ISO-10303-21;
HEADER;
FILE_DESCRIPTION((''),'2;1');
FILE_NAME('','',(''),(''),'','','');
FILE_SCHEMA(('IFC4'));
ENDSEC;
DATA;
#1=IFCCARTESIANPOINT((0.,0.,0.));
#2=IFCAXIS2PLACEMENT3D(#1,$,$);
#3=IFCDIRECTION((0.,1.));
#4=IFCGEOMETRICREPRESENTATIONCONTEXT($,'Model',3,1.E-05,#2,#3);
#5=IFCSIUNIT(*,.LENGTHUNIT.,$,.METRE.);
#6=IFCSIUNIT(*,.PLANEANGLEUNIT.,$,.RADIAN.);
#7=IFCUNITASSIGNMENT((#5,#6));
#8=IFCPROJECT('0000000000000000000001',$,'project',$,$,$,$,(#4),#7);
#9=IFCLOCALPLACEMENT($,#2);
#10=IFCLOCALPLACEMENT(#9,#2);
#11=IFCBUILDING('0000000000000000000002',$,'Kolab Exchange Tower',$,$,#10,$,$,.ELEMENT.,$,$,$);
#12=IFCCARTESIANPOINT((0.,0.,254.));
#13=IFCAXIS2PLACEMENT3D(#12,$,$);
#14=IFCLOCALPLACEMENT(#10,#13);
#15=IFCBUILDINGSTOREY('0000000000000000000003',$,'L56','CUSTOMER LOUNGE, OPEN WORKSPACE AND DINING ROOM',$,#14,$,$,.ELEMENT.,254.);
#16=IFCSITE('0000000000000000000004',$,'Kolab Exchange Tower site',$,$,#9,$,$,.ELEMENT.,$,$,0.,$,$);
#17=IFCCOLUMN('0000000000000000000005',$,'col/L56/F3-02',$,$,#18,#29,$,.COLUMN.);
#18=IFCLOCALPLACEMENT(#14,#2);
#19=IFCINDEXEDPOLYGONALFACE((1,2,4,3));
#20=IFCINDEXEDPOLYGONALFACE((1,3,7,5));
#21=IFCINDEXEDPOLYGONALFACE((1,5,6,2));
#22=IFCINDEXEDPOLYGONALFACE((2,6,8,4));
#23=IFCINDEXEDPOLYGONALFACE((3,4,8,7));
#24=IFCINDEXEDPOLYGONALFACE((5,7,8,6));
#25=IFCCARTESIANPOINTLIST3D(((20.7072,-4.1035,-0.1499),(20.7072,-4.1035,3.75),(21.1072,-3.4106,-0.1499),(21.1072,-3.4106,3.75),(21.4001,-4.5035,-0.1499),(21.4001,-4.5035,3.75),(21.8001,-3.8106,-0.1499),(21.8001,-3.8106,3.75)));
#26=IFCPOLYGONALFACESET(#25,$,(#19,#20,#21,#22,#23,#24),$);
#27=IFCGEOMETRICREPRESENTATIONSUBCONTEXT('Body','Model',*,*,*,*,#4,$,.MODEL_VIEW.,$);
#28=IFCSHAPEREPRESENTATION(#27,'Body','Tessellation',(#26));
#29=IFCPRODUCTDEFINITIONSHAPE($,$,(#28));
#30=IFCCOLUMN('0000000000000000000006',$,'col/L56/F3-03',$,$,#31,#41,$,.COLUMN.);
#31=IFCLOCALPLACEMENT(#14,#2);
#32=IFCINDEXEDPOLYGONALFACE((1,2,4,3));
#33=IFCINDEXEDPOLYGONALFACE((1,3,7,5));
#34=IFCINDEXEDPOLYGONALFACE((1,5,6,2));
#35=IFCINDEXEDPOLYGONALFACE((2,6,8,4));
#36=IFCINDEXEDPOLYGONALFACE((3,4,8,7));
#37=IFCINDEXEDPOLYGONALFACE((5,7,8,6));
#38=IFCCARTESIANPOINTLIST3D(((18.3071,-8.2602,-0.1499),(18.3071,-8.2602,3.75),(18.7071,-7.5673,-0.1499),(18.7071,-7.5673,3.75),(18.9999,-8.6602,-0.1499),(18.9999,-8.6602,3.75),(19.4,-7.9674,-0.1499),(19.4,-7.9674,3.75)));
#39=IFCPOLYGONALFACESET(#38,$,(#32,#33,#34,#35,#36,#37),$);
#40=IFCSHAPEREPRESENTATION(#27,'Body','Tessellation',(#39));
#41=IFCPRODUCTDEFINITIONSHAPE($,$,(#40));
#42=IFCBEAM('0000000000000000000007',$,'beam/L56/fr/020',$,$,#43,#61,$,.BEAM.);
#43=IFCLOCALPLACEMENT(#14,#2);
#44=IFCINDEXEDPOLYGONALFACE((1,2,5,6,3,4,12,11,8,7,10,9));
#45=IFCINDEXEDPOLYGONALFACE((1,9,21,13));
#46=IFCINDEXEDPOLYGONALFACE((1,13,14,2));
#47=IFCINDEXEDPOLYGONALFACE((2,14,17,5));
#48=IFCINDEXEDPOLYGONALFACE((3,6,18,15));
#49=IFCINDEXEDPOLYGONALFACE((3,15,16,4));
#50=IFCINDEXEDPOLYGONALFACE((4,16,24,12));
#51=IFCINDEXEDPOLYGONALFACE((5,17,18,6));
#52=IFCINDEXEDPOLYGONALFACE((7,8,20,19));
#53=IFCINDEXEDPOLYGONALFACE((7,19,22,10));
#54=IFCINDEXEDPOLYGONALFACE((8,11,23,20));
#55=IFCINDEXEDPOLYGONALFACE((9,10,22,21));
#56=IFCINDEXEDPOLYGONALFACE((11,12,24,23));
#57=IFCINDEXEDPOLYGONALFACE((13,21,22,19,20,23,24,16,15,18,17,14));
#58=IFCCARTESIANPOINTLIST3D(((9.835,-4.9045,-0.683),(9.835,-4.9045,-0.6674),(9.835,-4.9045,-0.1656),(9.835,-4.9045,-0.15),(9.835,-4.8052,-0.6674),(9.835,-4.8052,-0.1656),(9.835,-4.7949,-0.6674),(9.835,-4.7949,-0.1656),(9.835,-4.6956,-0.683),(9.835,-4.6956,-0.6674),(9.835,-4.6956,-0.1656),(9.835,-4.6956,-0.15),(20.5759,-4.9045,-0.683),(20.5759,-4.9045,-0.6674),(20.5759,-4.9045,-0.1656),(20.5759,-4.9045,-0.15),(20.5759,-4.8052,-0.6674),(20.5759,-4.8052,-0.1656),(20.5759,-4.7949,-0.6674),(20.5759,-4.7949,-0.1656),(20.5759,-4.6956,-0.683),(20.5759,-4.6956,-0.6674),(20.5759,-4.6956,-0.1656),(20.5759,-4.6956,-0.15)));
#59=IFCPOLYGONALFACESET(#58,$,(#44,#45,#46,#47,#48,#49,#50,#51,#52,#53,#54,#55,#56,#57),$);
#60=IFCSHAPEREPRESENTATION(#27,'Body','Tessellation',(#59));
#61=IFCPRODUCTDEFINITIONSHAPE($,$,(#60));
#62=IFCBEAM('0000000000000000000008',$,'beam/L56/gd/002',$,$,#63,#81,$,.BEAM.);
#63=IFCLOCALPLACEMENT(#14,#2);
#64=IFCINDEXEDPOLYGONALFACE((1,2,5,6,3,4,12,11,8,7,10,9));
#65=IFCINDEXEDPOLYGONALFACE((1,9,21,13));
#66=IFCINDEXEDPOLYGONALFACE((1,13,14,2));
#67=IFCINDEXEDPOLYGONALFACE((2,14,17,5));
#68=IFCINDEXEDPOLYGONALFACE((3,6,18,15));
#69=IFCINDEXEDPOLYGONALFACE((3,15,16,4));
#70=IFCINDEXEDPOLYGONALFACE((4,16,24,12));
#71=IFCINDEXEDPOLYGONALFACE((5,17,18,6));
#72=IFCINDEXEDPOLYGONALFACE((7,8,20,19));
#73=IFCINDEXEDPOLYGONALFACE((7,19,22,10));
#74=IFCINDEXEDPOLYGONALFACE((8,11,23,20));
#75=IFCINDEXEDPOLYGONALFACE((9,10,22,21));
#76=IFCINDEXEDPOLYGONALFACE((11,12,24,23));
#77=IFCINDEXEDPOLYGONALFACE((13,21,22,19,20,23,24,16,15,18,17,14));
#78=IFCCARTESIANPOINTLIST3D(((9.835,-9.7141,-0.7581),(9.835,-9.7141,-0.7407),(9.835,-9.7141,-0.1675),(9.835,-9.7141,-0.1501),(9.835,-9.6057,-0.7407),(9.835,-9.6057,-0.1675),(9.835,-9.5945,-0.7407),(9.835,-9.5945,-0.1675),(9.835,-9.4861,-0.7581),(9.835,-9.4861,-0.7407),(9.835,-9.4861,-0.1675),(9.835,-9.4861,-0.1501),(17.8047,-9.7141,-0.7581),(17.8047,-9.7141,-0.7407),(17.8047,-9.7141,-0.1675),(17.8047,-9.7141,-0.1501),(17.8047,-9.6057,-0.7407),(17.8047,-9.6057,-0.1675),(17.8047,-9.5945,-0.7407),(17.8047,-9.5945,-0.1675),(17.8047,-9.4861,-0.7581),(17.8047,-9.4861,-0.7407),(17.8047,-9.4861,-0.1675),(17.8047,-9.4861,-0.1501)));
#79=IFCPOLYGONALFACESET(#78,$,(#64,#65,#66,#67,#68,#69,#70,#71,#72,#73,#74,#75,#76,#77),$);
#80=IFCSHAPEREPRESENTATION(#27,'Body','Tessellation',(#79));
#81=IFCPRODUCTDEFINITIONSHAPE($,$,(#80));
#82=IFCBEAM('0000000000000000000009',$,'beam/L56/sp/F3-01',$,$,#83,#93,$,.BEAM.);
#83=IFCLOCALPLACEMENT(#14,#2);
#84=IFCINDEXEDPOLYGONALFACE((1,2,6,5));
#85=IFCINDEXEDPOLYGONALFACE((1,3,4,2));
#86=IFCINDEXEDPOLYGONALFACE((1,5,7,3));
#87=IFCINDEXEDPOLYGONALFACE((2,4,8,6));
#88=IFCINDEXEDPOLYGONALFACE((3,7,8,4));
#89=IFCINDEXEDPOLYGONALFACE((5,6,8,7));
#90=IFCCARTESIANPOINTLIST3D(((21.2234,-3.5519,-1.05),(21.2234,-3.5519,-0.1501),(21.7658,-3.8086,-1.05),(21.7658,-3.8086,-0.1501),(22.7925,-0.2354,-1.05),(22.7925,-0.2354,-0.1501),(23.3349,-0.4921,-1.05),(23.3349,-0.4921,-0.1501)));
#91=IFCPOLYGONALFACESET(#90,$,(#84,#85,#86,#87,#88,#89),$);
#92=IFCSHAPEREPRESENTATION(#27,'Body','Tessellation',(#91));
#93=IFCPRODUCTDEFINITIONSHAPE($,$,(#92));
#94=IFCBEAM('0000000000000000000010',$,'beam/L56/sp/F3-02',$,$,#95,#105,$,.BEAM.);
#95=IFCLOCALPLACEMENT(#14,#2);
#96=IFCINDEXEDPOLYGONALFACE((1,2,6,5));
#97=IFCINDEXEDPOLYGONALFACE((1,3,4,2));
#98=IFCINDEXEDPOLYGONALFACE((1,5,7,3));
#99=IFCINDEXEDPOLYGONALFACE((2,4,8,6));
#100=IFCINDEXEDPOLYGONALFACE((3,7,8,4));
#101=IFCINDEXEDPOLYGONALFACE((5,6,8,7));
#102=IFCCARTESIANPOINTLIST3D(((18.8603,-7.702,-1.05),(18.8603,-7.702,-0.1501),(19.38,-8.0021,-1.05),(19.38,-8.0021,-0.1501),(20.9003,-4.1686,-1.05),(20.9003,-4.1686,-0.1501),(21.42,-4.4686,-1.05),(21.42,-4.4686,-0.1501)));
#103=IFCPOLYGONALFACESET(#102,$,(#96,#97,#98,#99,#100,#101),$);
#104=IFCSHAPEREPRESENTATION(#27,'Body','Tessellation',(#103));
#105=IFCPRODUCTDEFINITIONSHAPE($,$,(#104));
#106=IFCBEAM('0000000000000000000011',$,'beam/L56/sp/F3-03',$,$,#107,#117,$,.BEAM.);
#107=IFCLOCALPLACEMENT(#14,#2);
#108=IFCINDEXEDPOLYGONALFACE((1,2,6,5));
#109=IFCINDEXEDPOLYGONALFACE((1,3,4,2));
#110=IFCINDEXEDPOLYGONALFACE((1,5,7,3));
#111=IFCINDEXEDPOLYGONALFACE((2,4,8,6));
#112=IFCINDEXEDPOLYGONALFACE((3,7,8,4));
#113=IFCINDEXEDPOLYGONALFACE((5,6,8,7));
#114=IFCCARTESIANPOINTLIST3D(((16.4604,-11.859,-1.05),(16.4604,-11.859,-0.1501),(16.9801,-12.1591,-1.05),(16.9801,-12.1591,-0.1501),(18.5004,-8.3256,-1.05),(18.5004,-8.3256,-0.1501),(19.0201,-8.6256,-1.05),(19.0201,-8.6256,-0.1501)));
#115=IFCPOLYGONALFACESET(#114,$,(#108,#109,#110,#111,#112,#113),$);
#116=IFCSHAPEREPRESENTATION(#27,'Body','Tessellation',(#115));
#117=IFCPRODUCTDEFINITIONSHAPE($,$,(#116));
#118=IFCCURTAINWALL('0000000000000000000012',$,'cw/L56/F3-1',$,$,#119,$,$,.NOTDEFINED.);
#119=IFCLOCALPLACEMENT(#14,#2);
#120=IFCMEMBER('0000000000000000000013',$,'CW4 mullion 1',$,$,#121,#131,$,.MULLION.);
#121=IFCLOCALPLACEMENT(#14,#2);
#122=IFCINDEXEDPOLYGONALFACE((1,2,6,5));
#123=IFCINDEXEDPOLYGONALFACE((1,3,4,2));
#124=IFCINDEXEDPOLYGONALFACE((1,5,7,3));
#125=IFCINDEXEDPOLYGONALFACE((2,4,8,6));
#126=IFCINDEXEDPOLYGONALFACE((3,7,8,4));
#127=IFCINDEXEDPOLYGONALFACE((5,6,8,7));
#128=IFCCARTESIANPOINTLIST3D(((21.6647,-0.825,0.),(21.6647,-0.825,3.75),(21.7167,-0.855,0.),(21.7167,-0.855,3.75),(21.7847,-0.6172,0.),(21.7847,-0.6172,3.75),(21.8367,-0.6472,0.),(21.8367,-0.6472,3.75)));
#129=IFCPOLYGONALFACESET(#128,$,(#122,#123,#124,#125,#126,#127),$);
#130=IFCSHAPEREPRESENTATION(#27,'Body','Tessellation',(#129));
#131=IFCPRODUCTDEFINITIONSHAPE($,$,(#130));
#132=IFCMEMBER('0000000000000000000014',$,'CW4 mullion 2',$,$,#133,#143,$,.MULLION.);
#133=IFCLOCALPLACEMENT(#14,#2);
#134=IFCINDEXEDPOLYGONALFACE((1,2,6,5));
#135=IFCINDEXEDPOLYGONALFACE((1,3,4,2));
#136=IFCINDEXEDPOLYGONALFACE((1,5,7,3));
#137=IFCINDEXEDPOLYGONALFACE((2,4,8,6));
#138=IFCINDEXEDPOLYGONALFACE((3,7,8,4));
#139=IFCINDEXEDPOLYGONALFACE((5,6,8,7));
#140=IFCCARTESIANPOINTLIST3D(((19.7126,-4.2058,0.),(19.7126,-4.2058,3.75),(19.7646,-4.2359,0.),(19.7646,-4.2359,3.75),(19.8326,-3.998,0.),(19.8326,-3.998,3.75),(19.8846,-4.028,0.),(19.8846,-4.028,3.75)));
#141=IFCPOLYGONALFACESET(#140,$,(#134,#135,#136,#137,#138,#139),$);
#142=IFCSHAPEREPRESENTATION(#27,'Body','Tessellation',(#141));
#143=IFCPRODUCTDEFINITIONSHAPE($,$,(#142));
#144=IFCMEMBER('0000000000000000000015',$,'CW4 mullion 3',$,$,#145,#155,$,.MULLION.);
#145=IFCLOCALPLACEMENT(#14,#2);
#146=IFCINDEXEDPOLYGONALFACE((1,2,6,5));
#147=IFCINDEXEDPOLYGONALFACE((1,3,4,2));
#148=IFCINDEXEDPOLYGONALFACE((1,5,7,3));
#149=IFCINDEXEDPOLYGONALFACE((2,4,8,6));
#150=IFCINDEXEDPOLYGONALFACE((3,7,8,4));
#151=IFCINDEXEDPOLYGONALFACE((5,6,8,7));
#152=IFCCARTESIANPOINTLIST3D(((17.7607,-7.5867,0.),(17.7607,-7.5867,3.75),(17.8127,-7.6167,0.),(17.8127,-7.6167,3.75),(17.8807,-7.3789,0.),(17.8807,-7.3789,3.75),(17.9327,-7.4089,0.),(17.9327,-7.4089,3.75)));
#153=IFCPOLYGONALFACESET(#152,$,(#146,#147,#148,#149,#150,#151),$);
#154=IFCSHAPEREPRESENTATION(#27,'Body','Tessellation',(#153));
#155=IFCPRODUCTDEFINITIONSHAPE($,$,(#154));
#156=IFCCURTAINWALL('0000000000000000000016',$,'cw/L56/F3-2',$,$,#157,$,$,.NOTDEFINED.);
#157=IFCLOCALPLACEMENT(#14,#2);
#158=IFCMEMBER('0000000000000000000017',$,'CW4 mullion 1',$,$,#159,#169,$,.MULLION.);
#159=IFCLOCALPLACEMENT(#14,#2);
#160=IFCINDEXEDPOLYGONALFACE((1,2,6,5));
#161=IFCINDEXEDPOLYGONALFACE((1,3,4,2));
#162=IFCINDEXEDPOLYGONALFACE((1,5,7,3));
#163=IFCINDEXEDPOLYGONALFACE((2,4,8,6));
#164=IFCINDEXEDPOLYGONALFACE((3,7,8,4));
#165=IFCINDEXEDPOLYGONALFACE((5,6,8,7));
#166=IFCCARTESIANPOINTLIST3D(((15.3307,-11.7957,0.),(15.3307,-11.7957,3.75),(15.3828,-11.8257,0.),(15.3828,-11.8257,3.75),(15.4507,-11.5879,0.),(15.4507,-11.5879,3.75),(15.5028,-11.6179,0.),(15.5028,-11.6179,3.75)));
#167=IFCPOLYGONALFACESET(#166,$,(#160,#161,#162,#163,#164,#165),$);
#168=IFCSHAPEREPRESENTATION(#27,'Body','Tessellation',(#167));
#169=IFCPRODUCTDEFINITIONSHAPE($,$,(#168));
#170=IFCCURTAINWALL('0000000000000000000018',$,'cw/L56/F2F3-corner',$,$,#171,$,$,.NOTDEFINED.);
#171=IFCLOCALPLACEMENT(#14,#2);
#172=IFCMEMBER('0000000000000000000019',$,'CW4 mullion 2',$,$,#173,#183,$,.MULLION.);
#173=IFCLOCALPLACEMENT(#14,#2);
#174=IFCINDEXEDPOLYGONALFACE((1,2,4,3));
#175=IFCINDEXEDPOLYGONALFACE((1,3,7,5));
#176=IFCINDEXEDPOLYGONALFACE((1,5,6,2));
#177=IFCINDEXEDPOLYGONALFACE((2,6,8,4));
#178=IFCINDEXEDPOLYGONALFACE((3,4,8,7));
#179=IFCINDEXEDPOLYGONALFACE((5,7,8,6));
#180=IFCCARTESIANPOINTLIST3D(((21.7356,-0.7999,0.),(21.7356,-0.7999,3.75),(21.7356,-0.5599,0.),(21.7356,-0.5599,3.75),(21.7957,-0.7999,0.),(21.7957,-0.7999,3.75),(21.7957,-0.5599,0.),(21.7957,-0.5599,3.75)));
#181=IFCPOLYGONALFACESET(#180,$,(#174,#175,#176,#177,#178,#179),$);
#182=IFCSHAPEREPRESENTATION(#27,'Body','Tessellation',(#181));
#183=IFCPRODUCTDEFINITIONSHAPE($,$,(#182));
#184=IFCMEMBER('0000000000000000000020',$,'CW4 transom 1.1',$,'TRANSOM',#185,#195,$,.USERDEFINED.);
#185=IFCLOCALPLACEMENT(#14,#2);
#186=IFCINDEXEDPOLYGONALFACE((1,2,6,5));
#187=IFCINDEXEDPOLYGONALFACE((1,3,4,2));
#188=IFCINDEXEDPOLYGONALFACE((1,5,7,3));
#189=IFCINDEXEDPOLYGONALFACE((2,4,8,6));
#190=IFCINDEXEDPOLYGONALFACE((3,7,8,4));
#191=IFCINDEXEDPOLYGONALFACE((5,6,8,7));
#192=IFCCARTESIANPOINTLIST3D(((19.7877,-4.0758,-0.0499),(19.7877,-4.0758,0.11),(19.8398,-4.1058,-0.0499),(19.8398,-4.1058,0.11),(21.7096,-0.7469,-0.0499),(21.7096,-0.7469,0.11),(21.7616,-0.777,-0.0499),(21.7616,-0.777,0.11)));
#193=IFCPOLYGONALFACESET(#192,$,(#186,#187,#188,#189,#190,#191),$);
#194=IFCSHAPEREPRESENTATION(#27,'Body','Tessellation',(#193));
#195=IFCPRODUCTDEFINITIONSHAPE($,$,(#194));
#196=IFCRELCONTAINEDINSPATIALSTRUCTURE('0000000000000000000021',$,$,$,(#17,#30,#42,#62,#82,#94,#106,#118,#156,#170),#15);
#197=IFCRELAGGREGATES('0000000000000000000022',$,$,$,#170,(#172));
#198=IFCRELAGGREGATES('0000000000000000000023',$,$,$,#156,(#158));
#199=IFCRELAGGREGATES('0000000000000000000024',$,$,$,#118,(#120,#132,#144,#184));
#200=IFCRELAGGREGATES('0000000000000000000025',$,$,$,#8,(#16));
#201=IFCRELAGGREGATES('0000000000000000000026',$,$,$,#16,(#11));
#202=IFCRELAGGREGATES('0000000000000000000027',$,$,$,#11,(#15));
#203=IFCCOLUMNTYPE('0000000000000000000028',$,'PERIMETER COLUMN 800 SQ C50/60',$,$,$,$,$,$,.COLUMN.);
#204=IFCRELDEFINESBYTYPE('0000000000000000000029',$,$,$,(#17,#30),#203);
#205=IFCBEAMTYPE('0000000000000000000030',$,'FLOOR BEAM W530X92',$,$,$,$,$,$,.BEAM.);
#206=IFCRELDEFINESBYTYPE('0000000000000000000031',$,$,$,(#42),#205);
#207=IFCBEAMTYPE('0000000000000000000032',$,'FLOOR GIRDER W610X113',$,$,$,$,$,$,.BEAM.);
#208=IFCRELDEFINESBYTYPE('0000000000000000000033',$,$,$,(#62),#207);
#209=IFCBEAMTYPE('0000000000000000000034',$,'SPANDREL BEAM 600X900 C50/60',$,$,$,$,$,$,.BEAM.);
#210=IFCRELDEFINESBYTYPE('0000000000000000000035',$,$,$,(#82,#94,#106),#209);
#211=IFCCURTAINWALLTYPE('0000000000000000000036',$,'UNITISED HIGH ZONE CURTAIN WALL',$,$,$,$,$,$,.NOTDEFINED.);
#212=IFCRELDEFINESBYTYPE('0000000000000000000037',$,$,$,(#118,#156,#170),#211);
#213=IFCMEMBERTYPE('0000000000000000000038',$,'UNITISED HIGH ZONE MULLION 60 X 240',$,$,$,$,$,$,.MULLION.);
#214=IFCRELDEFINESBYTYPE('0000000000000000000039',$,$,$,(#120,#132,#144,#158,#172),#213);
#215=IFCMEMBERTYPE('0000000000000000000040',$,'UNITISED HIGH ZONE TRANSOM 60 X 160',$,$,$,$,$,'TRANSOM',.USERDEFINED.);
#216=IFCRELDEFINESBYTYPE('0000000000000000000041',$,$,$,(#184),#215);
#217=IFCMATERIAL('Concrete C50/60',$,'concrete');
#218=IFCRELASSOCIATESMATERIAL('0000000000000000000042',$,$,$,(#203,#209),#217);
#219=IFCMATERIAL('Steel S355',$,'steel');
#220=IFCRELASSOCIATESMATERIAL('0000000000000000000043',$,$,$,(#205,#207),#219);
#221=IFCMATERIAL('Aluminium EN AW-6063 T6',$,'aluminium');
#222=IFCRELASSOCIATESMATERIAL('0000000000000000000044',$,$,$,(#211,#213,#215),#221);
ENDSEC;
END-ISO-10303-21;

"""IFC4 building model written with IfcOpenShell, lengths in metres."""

from ifc_helpers import new_model, si_unit, direction, frame, origin, origin_2d, place, context, subcontext, project, spatial, rectangle, i_section, extrude, material, material_profile, profile_set, type_object, element, aggregate, save


model = new_model("IFC4")

# Units and contexts
model_context = context("Model", 3, precision=1e-05, world=origin(), true_north=direction((0.0, 1.0)))
body_context = subcontext(model_context, "Body", "Model", "MODEL_VIEW")
ifc_project = project(units=[si_unit("LENGTHUNIT", "METRE"), si_unit("PLANEANGLEUNIT", "RADIAN")], contexts=[model_context])

# Site, building, storey
site_placement = place(None, origin())
site = spatial("IfcSite", under=ifc_project, at=site_placement, Name="Kolab Exchange Tower site", CompositionType="ELEMENT", RefElevation=0.0)
building_placement = place(site_placement, origin())
building = spatial("IfcBuilding", under=site, at=building_placement, Name="Kolab Exchange Tower", CompositionType="ELEMENT")
storey_placement = place(building_placement, frame((0.0, 0.0, 254.0)))
storey = spatial("IfcBuildingStorey", under=building, at=storey_placement, Name="L56", Description="CUSTOMER LOUNGE, OPEN WORKSPACE AND DINING ROOM", CompositionType="ELEMENT", Elevation=254.0)

# Columns
ifc_material_1 = material(Name="Concrete C50/60", Category="concrete")
ifc_material_profile_1 = material_profile(ifc_material_1, rectangle(XDim=0.8, YDim=0.8, at=origin_2d()), Name="RC800")
ifc_profile_set_1 = profile_set([ifc_material_profile_1], Name="Concrete C50/60")
column_type = type_object("IfcColumnType", Name="PERIMETER COLUMN 800 SQ C50/60", PredefinedType="COLUMN", material=ifc_profile_set_1)
for number, where, z_axis, x_axis, name in (
    (1, (21.2537, -3.957, -0.1499), (0.0, 0.0, 1.0), (0.5, 0.866025, 0.0), "col/L56/F3-02"),
    (2, (18.8535, -8.1138, -0.1499), (0.0, 0.0, 1.0), (0.5, 0.866025, 0.0), "col/L56/F3-03"),
):
    element("IfcColumn", number, at=place(storey_placement, frame(where, z_axis=z_axis, x_axis=x_axis)), inside=storey, type_object=column_type, Name=name, PredefinedType="COLUMN", context=body_context, shape_type="SweptSolid", body=[
        extrude(rectangle(XDim=0.8, YDim=0.8, at=origin_2d()), origin(), (0.0, 0.0, 1.0), 3.8999),
    ])

# Beams
ifc_material_2 = material(Name="Steel S355", Category="steel")
ifc_material_profile_2 = material_profile(ifc_material_2, i_section(OverallWidth=0.209, OverallDepth=0.533, WebThickness=0.0103, FlangeThickness=0.0156, at=origin_2d()), Name="W530X92")
ifc_profile_set_2 = profile_set([ifc_material_profile_2], Name="Steel S355")
beam_type_1 = type_object("IfcBeamType", Name="FLOOR BEAM W530X92", PredefinedType="BEAM", material=ifc_profile_set_2)
beam_1_placement = place(storey_placement, frame((9.835, -4.8, -0.4165), z_axis=(1.0, 0.0, 0.0), x_axis=(0.0, 1.0, 0.0)))
element("IfcBeam", 3, at=beam_1_placement, inside=storey, type_object=beam_type_1, Name="beam/L56/fr/020", PredefinedType="BEAM", context=body_context, shape_type="SweptSolid", body=[
    extrude(i_section(OverallWidth=0.209, OverallDepth=0.533, WebThickness=0.0103, FlangeThickness=0.0156, at=origin_2d()), origin(), (0.0, 0.0, 1.0), 10.741),
])
ifc_material_profile_3 = material_profile(ifc_material_2, i_section(OverallWidth=0.228, OverallDepth=0.6079, WebThickness=0.0112, FlangeThickness=0.0173, at=origin_2d()), Name="W610X113")
ifc_profile_set_3 = profile_set([ifc_material_profile_3], Name="Steel S355")
beam_type_2 = type_object("IfcBeamType", Name="FLOOR GIRDER W610X113", PredefinedType="BEAM", material=ifc_profile_set_3)
beam_2_placement = place(storey_placement, frame((9.835, -9.6001, -0.4541), z_axis=(1.0, 0.0, 0.0), x_axis=(0.0, 1.0, 0.0)))
element("IfcBeam", 4, at=beam_2_placement, inside=storey, type_object=beam_type_2, Name="beam/L56/gd/002", PredefinedType="BEAM", context=body_context, shape_type="SweptSolid", body=[
    extrude(i_section(OverallWidth=0.228, OverallDepth=0.6079, WebThickness=0.0112, FlangeThickness=0.0173, at=origin_2d()), origin(), (0.0, 0.0, 1.0), 7.9697),
])
ifc_material_profile_4 = material_profile(ifc_material_1, rectangle(XDim=0.6001, YDim=0.8999, at=origin_2d()), Name="RC600X900")
ifc_profile_set_4 = profile_set([ifc_material_profile_4], Name="Concrete C50/60")
beam_type_3 = type_object("IfcBeamType", Name="SPANDREL BEAM 600X900 C50/60", PredefinedType="BEAM", material=ifc_profile_set_4)
beam_3_placement = place(storey_placement, frame((23.0637, -0.3638, -0.6001), z_axis=(-0.427677, -0.903932, 0.0), x_axis=(0.903932, -0.427677, 0.0)))
element("IfcBeam", 5, at=beam_3_placement, inside=storey, type_object=beam_type_3, Name="beam/L56/sp/F3-01", PredefinedType="BEAM", context=body_context, shape_type="SweptSolid", body=[
    extrude(rectangle(XDim=0.6001, YDim=0.8999, at=origin_2d()), origin(), (0.0, 0.0, 1.0), 3.6689),
])
for number, where, z_axis, x_axis, name in (
    (6, (21.1602, -4.3186, -0.6001), (-0.5, -0.866025, 0.0), (0.866025, -0.5, 0.0), "beam/L56/sp/F3-02"),
    (7, (18.7603, -8.4756, -0.6001), (-0.5, -0.866025, 0.0), (0.866025, -0.5, 0.0), "beam/L56/sp/F3-03"),
):
    element("IfcBeam", number, at=place(storey_placement, frame(where, z_axis=z_axis, x_axis=x_axis)), inside=storey, type_object=beam_type_3, Name=name, PredefinedType="BEAM", context=body_context, shape_type="SweptSolid", body=[
        extrude(rectangle(XDim=0.6001, YDim=0.8999, at=origin_2d()), origin(), (0.0, 0.0, 1.0), 4.0801),
    ])

# Curtain wall, members
ifc_material_3 = material(Name="Aluminium EN AW-6063 T6", Category="aluminium")
curtain_wall_type = type_object("IfcCurtainWallType", Name="UNITISED HIGH ZONE CURTAIN WALL", PredefinedType="NOTDEFINED", material=ifc_material_3)
curtain_wall_1_placement = place(storey_placement, origin())
curtain_wall_1 = element("IfcCurtainWall", 8, at=curtain_wall_1_placement, inside=storey, type_object=curtain_wall_type, Name="cw/L56/F3-1", PredefinedType="NOTDEFINED")
ifc_material_profile_5 = material_profile(ifc_material_3, rectangle(XDim=0.0601, YDim=0.24, at=origin_2d()), Name="RECT 60X240")
ifc_profile_set_5 = profile_set([ifc_material_profile_5], Name="Aluminium EN AW-6063 T6")
member_type_1 = type_object("IfcMemberType", Name="UNITISED HIGH ZONE MULLION 60 X 240", PredefinedType="MULLION", material=ifc_profile_set_5)
member_1_placement = place(storey_placement, frame((21.7507, -0.7361, 0.0), z_axis=(0.0, 0.0, 1.0), x_axis=(0.866025, -0.5, 0.0)))
member_1 = element("IfcMember", 9, at=member_1_placement, type_object=member_type_1, Name="CW4 mullion 1", PredefinedType="MULLION", context=body_context, shape_type="SweptSolid", body=[
    extrude(rectangle(XDim=0.0601, YDim=0.24, at=origin_2d()), origin(), (0.0, 0.0, 1.0), 3.75),
])
member_2_placement = place(storey_placement, frame((19.7986, -4.1169, 0.0), z_axis=(0.0, 0.0, 1.0), x_axis=(0.866025, -0.5, 0.0)))
member_2 = element("IfcMember", 10, at=member_2_placement, type_object=member_type_1, Name="CW4 mullion 2", PredefinedType="MULLION", context=body_context, shape_type="SweptSolid", body=[
    extrude(rectangle(XDim=0.0601, YDim=0.24, at=origin_2d()), origin(), (0.0, 0.0, 1.0), 3.75),
])
member_3_placement = place(storey_placement, frame((17.8467, -7.4978, 0.0), z_axis=(0.0, 0.0, 1.0), x_axis=(0.866025, -0.5, 0.0)))
member_3 = element("IfcMember", 11, at=member_3_placement, type_object=member_type_1, Name="CW4 mullion 3", PredefinedType="MULLION", context=body_context, shape_type="SweptSolid", body=[
    extrude(rectangle(XDim=0.0601, YDim=0.24, at=origin_2d()), origin(), (0.0, 0.0, 1.0), 3.75),
])

# Curtain walls, members
curtain_wall_2_placement = place(storey_placement, origin())
curtain_wall_2 = element("IfcCurtainWall", 12, at=curtain_wall_2_placement, inside=storey, type_object=curtain_wall_type, Name="cw/L56/F3-2", PredefinedType="NOTDEFINED")
member_4_placement = place(storey_placement, frame((15.4167, -11.7068, 0.0), z_axis=(0.0, 0.0, 1.0), x_axis=(0.866025, -0.5, 0.0)))
member_4 = element("IfcMember", 13, at=member_4_placement, type_object=member_type_1, Name="CW4 mullion 1", PredefinedType="MULLION", context=body_context, shape_type="SweptSolid", body=[
    extrude(rectangle(XDim=0.0601, YDim=0.24, at=origin_2d()), origin(), (0.0, 0.0, 1.0), 3.75),
])
curtain_wall_3_placement = place(storey_placement, origin())
curtain_wall_3 = element("IfcCurtainWall", 14, at=curtain_wall_3_placement, inside=storey, type_object=curtain_wall_type, Name="cw/L56/F2F3-corner", PredefinedType="NOTDEFINED")
member_5_placement = place(storey_placement, frame((21.7656, -0.6799, 0.0), z_axis=(0.0, 0.0, 1.0), x_axis=(1.0, 0.0, 0.0)))
member_5 = element("IfcMember", 15, at=member_5_placement, type_object=member_type_1, Name="CW4 mullion 2", PredefinedType="MULLION", context=body_context, shape_type="SweptSolid", body=[
    extrude(rectangle(XDim=0.0601, YDim=0.24, at=origin_2d()), origin(), (0.0, 0.0, 1.0), 3.75),
])
aggregate(curtain_wall_3, [member_5])

# Member
ifc_material_profile_6 = material_profile(ifc_material_3, rectangle(XDim=0.0601, YDim=0.1599, at=origin_2d()), Name="RECT 60X160")
ifc_profile_set_6 = profile_set([ifc_material_profile_6], Name="Aluminium EN AW-6063 T6")
member_type_2 = type_object("IfcMemberType", Name="UNITISED HIGH ZONE TRANSOM 60 X 160", ElementType="TRANSOM", PredefinedType="USERDEFINED", material=ifc_profile_set_6)
member_6_placement = place(storey_placement, frame((21.7356, -0.762, 0.03), z_axis=(-0.499992, -0.86603, 0.0), x_axis=(0.86603, -0.499992, 0.0)))
member_6 = element("IfcMember", 16, at=member_6_placement, type_object=member_type_2, Name="CW4 transom 1.1", ObjectType="TRANSOM", PredefinedType="USERDEFINED", context=body_context, shape_type="SweptSolid", body=[
    extrude(rectangle(XDim=0.0601, YDim=0.1599, at=origin_2d()), origin(), (0.0, 0.0, 1.0), 3.8438),
])
aggregate(curtain_wall_2, [member_4])

aggregate(curtain_wall_1, [member_1, member_2, member_3, member_6])

save(model, "model.ifc")
